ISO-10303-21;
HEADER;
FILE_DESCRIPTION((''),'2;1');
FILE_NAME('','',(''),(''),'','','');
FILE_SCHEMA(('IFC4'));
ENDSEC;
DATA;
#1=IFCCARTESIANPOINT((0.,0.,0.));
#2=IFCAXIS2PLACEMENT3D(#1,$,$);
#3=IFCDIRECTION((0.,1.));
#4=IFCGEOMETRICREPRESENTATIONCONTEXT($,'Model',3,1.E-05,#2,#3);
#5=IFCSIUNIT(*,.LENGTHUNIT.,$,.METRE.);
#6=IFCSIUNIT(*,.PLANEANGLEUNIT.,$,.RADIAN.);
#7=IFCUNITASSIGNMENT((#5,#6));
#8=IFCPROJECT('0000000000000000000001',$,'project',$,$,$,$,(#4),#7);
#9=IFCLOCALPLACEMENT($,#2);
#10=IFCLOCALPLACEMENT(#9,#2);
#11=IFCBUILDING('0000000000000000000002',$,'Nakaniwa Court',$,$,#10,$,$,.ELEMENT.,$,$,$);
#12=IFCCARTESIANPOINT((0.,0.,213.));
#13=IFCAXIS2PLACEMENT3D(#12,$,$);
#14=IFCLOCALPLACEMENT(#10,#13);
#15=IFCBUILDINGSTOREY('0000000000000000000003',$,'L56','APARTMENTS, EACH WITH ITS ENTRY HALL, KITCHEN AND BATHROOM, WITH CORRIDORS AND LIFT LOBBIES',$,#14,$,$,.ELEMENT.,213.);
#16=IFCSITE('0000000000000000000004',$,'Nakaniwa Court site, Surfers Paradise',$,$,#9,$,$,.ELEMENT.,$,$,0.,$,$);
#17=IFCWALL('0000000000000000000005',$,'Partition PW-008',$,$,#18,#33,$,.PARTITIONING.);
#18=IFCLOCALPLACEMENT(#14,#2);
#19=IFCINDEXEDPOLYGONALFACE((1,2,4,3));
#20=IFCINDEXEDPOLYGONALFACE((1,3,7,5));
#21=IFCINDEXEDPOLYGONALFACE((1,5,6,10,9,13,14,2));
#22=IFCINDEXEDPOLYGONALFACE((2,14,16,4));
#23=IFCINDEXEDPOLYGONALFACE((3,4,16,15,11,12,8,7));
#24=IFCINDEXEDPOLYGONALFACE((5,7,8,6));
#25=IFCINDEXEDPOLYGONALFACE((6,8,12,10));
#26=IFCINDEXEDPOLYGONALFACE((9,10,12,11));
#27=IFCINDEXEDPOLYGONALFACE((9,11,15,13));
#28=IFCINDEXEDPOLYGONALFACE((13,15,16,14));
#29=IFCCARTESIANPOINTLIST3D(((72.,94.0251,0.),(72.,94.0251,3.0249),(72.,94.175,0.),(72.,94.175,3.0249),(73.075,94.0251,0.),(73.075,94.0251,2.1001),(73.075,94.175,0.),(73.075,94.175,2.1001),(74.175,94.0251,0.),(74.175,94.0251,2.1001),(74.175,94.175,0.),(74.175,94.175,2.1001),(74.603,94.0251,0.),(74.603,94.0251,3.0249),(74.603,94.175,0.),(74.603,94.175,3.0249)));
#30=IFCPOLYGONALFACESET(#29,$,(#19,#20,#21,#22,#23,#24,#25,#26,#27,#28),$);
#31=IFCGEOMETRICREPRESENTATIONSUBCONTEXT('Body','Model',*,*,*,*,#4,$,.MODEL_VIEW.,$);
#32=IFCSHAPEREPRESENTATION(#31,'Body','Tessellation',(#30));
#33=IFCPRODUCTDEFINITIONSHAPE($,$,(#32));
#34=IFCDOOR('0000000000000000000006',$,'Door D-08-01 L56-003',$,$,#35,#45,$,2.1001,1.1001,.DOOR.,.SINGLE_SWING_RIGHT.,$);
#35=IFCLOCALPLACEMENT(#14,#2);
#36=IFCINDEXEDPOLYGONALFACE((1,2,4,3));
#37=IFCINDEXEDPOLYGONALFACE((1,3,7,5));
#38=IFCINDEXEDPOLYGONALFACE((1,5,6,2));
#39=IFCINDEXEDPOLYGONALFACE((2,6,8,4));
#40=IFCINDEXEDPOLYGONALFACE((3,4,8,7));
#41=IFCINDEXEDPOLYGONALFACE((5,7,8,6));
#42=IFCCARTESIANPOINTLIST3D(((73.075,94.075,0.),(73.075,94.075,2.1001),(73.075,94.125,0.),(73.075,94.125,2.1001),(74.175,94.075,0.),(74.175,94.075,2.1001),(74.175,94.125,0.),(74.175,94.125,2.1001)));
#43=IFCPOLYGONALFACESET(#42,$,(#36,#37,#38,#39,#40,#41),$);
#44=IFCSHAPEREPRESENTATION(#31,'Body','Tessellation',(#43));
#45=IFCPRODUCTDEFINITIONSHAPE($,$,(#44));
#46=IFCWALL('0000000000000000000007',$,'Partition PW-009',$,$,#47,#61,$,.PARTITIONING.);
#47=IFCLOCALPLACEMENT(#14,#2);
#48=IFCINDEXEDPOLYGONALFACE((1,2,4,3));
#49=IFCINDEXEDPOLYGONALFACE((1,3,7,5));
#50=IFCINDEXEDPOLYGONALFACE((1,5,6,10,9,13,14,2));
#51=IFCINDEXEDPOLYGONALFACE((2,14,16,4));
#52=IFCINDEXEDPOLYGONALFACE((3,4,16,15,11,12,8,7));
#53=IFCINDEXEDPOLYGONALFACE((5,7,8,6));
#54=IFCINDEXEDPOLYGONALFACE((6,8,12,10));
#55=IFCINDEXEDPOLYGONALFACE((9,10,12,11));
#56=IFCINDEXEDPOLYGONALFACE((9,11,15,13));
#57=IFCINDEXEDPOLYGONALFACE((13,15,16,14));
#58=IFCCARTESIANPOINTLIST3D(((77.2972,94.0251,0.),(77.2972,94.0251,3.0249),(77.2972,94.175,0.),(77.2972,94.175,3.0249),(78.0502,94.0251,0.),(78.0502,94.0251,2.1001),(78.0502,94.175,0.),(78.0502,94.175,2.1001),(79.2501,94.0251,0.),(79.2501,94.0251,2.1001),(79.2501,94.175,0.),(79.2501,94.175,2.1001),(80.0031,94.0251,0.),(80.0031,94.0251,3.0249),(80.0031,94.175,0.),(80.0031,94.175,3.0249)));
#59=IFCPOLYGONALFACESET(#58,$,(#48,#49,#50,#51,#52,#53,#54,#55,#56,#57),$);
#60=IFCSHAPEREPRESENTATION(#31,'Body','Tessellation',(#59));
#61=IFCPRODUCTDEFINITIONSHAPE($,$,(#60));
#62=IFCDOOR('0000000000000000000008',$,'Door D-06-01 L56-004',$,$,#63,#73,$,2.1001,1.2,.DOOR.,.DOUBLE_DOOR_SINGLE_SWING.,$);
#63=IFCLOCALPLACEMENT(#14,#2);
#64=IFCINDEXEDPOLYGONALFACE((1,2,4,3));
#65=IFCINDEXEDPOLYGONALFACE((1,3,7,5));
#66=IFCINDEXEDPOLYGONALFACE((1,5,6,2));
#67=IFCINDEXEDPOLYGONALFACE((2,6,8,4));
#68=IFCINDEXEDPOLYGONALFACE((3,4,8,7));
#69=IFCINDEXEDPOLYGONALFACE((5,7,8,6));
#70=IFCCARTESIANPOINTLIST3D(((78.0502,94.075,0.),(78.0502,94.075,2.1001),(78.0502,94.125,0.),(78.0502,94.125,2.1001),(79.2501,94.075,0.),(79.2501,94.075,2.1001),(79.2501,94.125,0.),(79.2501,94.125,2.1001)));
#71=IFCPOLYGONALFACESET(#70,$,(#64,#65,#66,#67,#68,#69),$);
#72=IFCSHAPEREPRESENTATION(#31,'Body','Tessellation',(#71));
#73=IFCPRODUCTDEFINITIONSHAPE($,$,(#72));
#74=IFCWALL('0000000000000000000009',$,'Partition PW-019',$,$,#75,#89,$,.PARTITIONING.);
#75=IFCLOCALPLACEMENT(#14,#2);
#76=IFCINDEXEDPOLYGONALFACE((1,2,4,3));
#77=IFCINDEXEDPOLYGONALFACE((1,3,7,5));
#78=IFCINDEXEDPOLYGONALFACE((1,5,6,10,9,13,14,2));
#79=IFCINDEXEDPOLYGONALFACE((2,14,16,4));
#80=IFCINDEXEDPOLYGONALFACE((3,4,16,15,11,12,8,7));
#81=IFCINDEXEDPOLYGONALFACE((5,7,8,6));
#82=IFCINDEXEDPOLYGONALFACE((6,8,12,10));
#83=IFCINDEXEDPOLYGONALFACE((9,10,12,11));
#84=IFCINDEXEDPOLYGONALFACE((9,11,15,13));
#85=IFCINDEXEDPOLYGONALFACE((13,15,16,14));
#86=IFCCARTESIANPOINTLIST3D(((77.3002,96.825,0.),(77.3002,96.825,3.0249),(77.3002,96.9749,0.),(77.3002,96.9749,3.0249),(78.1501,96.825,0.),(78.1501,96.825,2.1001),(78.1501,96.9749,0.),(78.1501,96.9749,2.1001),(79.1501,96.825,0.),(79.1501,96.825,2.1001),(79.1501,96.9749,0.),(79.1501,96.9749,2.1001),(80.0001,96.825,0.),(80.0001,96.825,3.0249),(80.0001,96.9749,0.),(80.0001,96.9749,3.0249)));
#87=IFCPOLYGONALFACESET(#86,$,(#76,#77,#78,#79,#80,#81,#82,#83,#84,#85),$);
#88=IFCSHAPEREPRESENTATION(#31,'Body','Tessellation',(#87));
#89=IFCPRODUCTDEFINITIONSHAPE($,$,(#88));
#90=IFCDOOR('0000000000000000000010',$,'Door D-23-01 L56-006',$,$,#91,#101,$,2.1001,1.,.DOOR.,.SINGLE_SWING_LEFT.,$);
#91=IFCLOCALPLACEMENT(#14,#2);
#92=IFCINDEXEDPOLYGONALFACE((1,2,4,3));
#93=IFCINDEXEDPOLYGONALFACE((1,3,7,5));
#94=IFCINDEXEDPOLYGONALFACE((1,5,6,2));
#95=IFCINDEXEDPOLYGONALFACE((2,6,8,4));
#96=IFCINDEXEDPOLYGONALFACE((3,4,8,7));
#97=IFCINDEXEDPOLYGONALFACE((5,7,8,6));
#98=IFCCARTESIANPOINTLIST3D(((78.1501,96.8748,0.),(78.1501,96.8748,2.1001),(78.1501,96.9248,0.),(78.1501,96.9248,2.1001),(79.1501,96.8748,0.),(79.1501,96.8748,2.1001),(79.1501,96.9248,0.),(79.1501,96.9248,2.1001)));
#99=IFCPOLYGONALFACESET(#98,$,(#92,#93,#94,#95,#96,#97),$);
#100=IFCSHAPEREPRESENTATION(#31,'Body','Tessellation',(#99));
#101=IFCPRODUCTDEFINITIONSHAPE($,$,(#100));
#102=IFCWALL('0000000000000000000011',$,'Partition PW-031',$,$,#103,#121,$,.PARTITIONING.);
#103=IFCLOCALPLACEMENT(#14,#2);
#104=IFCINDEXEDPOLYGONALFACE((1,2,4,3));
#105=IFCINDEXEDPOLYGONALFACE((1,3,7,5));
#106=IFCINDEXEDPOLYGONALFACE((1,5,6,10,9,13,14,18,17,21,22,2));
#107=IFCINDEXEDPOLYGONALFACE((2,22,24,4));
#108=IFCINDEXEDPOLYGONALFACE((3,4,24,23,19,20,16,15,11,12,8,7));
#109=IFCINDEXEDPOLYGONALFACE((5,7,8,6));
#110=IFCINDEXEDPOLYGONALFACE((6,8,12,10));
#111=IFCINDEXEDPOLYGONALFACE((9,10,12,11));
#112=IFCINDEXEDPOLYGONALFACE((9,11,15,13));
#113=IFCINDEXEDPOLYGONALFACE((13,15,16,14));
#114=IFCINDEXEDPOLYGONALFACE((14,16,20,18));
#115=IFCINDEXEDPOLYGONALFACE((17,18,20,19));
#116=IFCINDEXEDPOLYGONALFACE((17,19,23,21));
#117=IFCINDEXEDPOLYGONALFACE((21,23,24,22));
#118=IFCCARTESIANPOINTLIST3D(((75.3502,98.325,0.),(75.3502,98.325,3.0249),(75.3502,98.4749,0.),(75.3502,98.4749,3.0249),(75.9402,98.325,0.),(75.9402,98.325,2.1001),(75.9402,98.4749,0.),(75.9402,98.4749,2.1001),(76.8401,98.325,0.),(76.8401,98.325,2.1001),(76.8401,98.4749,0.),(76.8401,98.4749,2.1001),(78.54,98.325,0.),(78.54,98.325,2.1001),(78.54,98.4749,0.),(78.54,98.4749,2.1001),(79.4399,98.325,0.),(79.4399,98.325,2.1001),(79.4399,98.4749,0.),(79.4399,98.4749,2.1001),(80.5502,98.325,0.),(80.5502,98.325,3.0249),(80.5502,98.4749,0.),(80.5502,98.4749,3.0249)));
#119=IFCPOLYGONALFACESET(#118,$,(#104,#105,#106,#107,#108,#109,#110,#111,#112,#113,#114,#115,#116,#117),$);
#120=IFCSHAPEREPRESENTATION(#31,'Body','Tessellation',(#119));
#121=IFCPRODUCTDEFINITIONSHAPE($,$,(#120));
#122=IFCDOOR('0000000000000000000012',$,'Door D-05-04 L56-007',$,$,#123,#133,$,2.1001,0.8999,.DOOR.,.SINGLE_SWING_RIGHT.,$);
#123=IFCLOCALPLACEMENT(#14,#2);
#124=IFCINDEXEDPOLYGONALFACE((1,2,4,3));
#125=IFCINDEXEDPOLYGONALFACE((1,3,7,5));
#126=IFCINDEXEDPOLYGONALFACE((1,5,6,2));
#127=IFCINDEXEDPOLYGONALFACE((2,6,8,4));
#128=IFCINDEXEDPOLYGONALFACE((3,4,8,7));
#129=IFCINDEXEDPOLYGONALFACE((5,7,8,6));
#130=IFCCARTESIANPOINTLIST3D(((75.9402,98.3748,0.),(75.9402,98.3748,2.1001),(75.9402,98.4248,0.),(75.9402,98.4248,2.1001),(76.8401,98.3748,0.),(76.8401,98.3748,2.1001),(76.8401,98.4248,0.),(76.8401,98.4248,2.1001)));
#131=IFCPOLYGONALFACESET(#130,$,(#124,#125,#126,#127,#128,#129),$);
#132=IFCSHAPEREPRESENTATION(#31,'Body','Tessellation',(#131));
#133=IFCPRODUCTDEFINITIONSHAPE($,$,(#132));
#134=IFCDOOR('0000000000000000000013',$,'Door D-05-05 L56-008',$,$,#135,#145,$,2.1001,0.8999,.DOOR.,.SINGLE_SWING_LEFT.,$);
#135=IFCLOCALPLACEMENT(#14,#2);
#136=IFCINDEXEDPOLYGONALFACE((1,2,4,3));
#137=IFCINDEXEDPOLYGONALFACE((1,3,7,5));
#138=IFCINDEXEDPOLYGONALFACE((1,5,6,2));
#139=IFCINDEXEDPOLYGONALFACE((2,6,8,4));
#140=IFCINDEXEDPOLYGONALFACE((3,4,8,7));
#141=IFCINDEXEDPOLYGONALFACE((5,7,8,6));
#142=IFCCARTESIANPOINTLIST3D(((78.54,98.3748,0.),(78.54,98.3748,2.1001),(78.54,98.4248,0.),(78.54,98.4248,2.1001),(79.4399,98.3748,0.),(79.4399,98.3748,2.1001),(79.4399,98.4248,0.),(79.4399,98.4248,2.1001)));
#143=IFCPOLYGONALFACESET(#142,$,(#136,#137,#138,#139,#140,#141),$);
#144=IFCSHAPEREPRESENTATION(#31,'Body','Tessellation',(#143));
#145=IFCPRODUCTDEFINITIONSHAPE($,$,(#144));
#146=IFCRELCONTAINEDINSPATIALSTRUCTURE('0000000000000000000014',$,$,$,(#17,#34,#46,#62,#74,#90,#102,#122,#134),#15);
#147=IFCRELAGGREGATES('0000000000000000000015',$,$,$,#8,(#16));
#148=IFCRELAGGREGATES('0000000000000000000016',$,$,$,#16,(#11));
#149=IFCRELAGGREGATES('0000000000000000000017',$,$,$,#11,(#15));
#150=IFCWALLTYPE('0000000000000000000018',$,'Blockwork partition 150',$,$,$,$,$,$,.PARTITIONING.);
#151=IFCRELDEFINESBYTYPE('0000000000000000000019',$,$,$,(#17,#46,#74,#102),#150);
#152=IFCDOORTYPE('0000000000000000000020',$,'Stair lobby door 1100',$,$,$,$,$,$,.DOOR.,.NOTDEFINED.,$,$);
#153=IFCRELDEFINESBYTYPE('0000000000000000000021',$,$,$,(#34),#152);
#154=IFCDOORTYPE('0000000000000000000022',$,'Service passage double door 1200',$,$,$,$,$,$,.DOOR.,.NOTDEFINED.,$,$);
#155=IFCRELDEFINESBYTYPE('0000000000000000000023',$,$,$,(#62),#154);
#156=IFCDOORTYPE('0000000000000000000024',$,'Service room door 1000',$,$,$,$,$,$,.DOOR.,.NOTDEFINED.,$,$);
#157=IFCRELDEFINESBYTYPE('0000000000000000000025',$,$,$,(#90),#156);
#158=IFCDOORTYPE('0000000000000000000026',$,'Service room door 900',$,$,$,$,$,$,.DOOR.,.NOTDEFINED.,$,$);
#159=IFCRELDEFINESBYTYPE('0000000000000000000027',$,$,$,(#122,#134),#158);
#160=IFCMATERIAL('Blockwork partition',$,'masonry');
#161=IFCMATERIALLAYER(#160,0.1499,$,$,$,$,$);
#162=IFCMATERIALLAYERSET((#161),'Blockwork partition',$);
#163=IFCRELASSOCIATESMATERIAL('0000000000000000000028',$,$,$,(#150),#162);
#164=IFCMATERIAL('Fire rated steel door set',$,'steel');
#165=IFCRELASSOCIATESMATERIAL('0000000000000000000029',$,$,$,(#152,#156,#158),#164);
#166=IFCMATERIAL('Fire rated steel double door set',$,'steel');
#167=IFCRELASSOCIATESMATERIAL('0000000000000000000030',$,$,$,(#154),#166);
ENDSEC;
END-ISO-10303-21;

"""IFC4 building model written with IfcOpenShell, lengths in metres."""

from ifc_helpers import new_model, si_unit, direction, frame, frame_2d, origin, place, context, subcontext, project, spatial, rectangle, extrude, material, layer, layer_set, type_object, element, fill, save


model = new_model("IFC4")

# Units and contexts
model_context = context("Model", 3, precision=1e-05, world=origin(), true_north=direction((0.0, 1.0)))
body_context = subcontext(model_context, "Body", "Model", "MODEL_VIEW")
ifc_project = project(units=[si_unit("LENGTHUNIT", "METRE"), si_unit("PLANEANGLEUNIT", "RADIAN")], contexts=[model_context])

# Site, building, storey
site_placement = place(None, origin())
site = spatial("IfcSite", under=ifc_project, at=site_placement, Name="Nakaniwa Court site, Surfers Paradise", CompositionType="ELEMENT", RefElevation=0.0)
building_placement = place(site_placement, origin())
building = spatial("IfcBuilding", under=site, at=building_placement, Name="Nakaniwa Court", CompositionType="ELEMENT")
storey_placement = place(building_placement, frame((0.0, 0.0, 213.0)))
storey = spatial("IfcBuildingStorey", under=building, at=storey_placement, Name="L56", Description="APARTMENTS, EACH WITH ITS ENTRY HALL, KITCHEN AND BATHROOM, WITH CORRIDORS AND LIFT LOBBIES", CompositionType="ELEMENT", Elevation=213.0)

# Walls, openings, doors
ifc_material_1 = material(Name="Blockwork partition", Category="masonry")
ifc_layer_1 = layer(ifc_material_1, 0.1499)
ifc_layer_set_1 = layer_set([ifc_layer_1], Name="Blockwork partition")
wall_type_1 = type_object("IfcWallType", Name="Blockwork partition 150", PredefinedType="PARTITIONING", material=ifc_layer_set_1)
wall_1_placement = place(storey_placement, frame((72.0, 94.1001, 0.0), z_axis=(0.0, 0.0, 1.0), x_axis=(1.0, 0.0, 0.0)))
wall_1 = element("IfcWall", 1, at=wall_1_placement, inside=storey, type_object=wall_type_1, Name="Partition PW-008", PredefinedType="PARTITIONING", context=body_context, shape_type="SweptSolid", body=[
    extrude(rectangle(XDim=2.603, YDim=0.1499, at=frame_2d((1.3015, 0.0))), origin(), (0.0, 0.0, 1.0), 3.0249),
])
opening_1_placement = place(wall_1_placement, frame((1.075, 0.0, 0.0)))
opening_1 = element("IfcOpeningElement", 2, at=opening_1_placement, cuts=wall_1, PredefinedType="OPENING", context=body_context, shape_type="SweptSolid", body=[
    extrude(rectangle(XDim=1.1001, YDim=2.1001, at=frame_2d((0.55, 1.05))), frame((0.0, 0.085, 0.0), z_axis=(0.0, -1.0, 0.0), x_axis=(1.0, 0.0, 0.0)), (0.0, 0.0, 1.0), 0.1699),
])
ifc_material_2 = material(Name="Fire rated steel door set", Category="steel")
door_type_1 = type_object("IfcDoorType", Name="Stair lobby door 1100", OperationType="NOTDEFINED", PredefinedType="DOOR", material=ifc_material_2)
door_1_placement = place(opening_1_placement, origin())
door_1 = element("IfcDoor", 3, at=door_1_placement, inside=storey, type_object=door_type_1, Name="Door D-08-01 L56-003", OperationType="SINGLE_SWING_RIGHT", OverallHeight=2.1001, OverallWidth=1.1001, PredefinedType="DOOR", context=body_context, shape_type="SweptSolid", body=[
    extrude(rectangle(XDim=1.1001, YDim=2.1001, at=frame_2d((0.55, 1.05))), frame((0.0, 0.0249, 0.0), z_axis=(0.0, -1.0, 0.0), x_axis=(1.0, 0.0, 0.0)), (0.0, 0.0, 1.0), 0.05),
])
fill(opening_1, door_1)
wall_2_placement = place(storey_placement, frame((77.2971, 94.1001, 0.0), z_axis=(0.0, 0.0, 1.0), x_axis=(1.0, 0.0, 0.0)))
wall_2 = element("IfcWall", 4, at=wall_2_placement, inside=storey, type_object=wall_type_1, Name="Partition PW-009", PredefinedType="PARTITIONING", context=body_context, shape_type="SweptSolid", body=[
    extrude(rectangle(XDim=2.7058, YDim=0.1499, at=frame_2d((1.353, 0.0))), origin(), (0.0, 0.0, 1.0), 3.0249),
])
opening_2_placement = place(wall_2_placement, frame((0.7529, 0.0, 0.0)))
opening_2 = element("IfcOpeningElement", 5, at=opening_2_placement, cuts=wall_2, PredefinedType="OPENING", context=body_context, shape_type="SweptSolid", body=[
    extrude(rectangle(XDim=1.2, YDim=2.1001, at=frame_2d((0.6001, 1.05))), frame((0.0, 0.085, 0.0), z_axis=(0.0, -1.0, 0.0), x_axis=(1.0, 0.0, 0.0)), (0.0, 0.0, 1.0), 0.1699),
])
ifc_material_3 = material(Name="Fire rated steel double door set", Category="steel")
door_type_2 = type_object("IfcDoorType", Name="Service passage double door 1200", OperationType="NOTDEFINED", PredefinedType="DOOR", material=ifc_material_3)
door_2_placement = place(opening_2_placement, origin())
door_2 = element("IfcDoor", 6, at=door_2_placement, inside=storey, type_object=door_type_2, Name="Door D-06-01 L56-004", OperationType="DOUBLE_DOOR_SINGLE_SWING", OverallHeight=2.1001, OverallWidth=1.2, PredefinedType="DOOR", context=body_context, shape_type="SweptSolid", body=[
    extrude(rectangle(XDim=1.2, YDim=2.1001, at=frame_2d((0.6001, 1.05))), frame((0.0, 0.0249, 0.0), z_axis=(0.0, -1.0, 0.0), x_axis=(1.0, 0.0, 0.0)), (0.0, 0.0, 1.0), 0.05),
])
fill(opening_2, door_2)
wall_3_placement = place(storey_placement, frame((77.3, 96.8999, 0.0), z_axis=(0.0, 0.0, 1.0), x_axis=(1.0, 0.0, 0.0)))
wall_3 = element("IfcWall", 7, at=wall_3_placement, inside=storey, type_object=wall_type_1, Name="Partition PW-019", PredefinedType="PARTITIONING", context=body_context, shape_type="SweptSolid", body=[
    extrude(rectangle(XDim=2.7, YDim=0.1499, at=frame_2d((1.3501, 0.0))), origin(), (0.0, 0.0, 1.0), 3.0249),
])
opening_3_placement = place(wall_3_placement, frame((0.8501, 0.0, 0.0)))
opening_3 = element("IfcOpeningElement", 8, at=opening_3_placement, cuts=wall_3, PredefinedType="OPENING", context=body_context, shape_type="SweptSolid", body=[
    extrude(rectangle(XDim=1.0, YDim=2.1001, at=frame_2d((0.5, 1.05))), frame((0.0, 0.085, 0.0), z_axis=(0.0, -1.0, 0.0), x_axis=(1.0, 0.0, 0.0)), (0.0, 0.0, 1.0), 0.1699),
])
door_type_3 = type_object("IfcDoorType", Name="Service room door 1000", OperationType="NOTDEFINED", PredefinedType="DOOR", material=ifc_material_2)
door_3_placement = place(opening_3_placement, origin())
door_3 = element("IfcDoor", 9, at=door_3_placement, inside=storey, type_object=door_type_3, Name="Door D-23-01 L56-006", OperationType="SINGLE_SWING_LEFT", OverallHeight=2.1001, OverallWidth=1.0, PredefinedType="DOOR", context=body_context, shape_type="SweptSolid", body=[
    extrude(rectangle(XDim=1.0, YDim=2.1001, at=frame_2d((0.5, 1.05))), frame((0.0, 0.0249, 0.0), z_axis=(0.0, -1.0, 0.0), x_axis=(1.0, 0.0, 0.0)), (0.0, 0.0, 1.0), 0.05),
])
fill(opening_3, door_3)

# Wall, openings, doors
wall_4_placement = place(storey_placement, frame((75.3501, 98.3999, 0.0), z_axis=(0.0, 0.0, 1.0), x_axis=(1.0, 0.0, 0.0)))
wall_4 = element("IfcWall", 10, at=wall_4_placement, inside=storey, type_object=wall_type_1, Name="Partition PW-031", PredefinedType="PARTITIONING", context=body_context, shape_type="SweptSolid", body=[
    extrude(rectangle(XDim=5.2, YDim=0.1499, at=frame_2d((2.6001, 0.0))), origin(), (0.0, 0.0, 1.0), 3.0249),
])
opening_4_placement = place(wall_4_placement, frame((0.5901, 0.0, 0.0)))
opening_4 = element("IfcOpeningElement", 11, at=opening_4_placement, cuts=wall_4, PredefinedType="OPENING", context=body_context, shape_type="SweptSolid", body=[
    extrude(rectangle(XDim=0.8999, YDim=2.1001, at=frame_2d((0.45, 1.05))), frame((0.0, 0.085, 0.0), z_axis=(0.0, -1.0, 0.0), x_axis=(1.0, 0.0, 0.0)), (0.0, 0.0, 1.0), 0.1699),
])
opening_5_placement = place(wall_4_placement, frame((3.1899, 0.0, 0.0)))
opening_5 = element("IfcOpeningElement", 12, at=opening_5_placement, cuts=wall_4, PredefinedType="OPENING", context=body_context, shape_type="SweptSolid", body=[
    extrude(rectangle(XDim=0.8999, YDim=2.1001, at=frame_2d((0.45, 1.05))), frame((0.0, 0.085, 0.0), z_axis=(0.0, -1.0, 0.0), x_axis=(1.0, 0.0, 0.0)), (0.0, 0.0, 1.0), 0.1699),
])
door_type_4 = type_object("IfcDoorType", Name="Service room door 900", OperationType="NOTDEFINED", PredefinedType="DOOR", material=ifc_material_2)
door_4_placement = place(opening_4_placement, origin())
door_4 = element("IfcDoor", 13, at=door_4_placement, inside=storey, type_object=door_type_4, Name="Door D-05-04 L56-007", OperationType="SINGLE_SWING_RIGHT", OverallHeight=2.1001, OverallWidth=0.8999, PredefinedType="DOOR", context=body_context, shape_type="SweptSolid", body=[
    extrude(rectangle(XDim=0.8999, YDim=2.1001, at=frame_2d((0.45, 1.05))), frame((0.0, 0.0249, 0.0), z_axis=(0.0, -1.0, 0.0), x_axis=(1.0, 0.0, 0.0)), (0.0, 0.0, 1.0), 0.05),
])
fill(opening_4, door_4)
door_5_placement = place(opening_5_placement, origin())
door_5 = element("IfcDoor", 14, at=door_5_placement, inside=storey, type_object=door_type_4, Name="Door D-05-05 L56-008", OperationType="SINGLE_SWING_LEFT", OverallHeight=2.1001, OverallWidth=0.8999, PredefinedType="DOOR", context=body_context, shape_type="SweptSolid", body=[
    extrude(rectangle(XDim=0.8999, YDim=2.1001, at=frame_2d((0.45, 1.05))), frame((0.0, 0.0249, 0.0), z_axis=(0.0, -1.0, 0.0), x_axis=(1.0, 0.0, 0.0)), (0.0, 0.0, 1.0), 0.05),
])
fill(opening_5, door_5)

save(model, "model.ifc")
